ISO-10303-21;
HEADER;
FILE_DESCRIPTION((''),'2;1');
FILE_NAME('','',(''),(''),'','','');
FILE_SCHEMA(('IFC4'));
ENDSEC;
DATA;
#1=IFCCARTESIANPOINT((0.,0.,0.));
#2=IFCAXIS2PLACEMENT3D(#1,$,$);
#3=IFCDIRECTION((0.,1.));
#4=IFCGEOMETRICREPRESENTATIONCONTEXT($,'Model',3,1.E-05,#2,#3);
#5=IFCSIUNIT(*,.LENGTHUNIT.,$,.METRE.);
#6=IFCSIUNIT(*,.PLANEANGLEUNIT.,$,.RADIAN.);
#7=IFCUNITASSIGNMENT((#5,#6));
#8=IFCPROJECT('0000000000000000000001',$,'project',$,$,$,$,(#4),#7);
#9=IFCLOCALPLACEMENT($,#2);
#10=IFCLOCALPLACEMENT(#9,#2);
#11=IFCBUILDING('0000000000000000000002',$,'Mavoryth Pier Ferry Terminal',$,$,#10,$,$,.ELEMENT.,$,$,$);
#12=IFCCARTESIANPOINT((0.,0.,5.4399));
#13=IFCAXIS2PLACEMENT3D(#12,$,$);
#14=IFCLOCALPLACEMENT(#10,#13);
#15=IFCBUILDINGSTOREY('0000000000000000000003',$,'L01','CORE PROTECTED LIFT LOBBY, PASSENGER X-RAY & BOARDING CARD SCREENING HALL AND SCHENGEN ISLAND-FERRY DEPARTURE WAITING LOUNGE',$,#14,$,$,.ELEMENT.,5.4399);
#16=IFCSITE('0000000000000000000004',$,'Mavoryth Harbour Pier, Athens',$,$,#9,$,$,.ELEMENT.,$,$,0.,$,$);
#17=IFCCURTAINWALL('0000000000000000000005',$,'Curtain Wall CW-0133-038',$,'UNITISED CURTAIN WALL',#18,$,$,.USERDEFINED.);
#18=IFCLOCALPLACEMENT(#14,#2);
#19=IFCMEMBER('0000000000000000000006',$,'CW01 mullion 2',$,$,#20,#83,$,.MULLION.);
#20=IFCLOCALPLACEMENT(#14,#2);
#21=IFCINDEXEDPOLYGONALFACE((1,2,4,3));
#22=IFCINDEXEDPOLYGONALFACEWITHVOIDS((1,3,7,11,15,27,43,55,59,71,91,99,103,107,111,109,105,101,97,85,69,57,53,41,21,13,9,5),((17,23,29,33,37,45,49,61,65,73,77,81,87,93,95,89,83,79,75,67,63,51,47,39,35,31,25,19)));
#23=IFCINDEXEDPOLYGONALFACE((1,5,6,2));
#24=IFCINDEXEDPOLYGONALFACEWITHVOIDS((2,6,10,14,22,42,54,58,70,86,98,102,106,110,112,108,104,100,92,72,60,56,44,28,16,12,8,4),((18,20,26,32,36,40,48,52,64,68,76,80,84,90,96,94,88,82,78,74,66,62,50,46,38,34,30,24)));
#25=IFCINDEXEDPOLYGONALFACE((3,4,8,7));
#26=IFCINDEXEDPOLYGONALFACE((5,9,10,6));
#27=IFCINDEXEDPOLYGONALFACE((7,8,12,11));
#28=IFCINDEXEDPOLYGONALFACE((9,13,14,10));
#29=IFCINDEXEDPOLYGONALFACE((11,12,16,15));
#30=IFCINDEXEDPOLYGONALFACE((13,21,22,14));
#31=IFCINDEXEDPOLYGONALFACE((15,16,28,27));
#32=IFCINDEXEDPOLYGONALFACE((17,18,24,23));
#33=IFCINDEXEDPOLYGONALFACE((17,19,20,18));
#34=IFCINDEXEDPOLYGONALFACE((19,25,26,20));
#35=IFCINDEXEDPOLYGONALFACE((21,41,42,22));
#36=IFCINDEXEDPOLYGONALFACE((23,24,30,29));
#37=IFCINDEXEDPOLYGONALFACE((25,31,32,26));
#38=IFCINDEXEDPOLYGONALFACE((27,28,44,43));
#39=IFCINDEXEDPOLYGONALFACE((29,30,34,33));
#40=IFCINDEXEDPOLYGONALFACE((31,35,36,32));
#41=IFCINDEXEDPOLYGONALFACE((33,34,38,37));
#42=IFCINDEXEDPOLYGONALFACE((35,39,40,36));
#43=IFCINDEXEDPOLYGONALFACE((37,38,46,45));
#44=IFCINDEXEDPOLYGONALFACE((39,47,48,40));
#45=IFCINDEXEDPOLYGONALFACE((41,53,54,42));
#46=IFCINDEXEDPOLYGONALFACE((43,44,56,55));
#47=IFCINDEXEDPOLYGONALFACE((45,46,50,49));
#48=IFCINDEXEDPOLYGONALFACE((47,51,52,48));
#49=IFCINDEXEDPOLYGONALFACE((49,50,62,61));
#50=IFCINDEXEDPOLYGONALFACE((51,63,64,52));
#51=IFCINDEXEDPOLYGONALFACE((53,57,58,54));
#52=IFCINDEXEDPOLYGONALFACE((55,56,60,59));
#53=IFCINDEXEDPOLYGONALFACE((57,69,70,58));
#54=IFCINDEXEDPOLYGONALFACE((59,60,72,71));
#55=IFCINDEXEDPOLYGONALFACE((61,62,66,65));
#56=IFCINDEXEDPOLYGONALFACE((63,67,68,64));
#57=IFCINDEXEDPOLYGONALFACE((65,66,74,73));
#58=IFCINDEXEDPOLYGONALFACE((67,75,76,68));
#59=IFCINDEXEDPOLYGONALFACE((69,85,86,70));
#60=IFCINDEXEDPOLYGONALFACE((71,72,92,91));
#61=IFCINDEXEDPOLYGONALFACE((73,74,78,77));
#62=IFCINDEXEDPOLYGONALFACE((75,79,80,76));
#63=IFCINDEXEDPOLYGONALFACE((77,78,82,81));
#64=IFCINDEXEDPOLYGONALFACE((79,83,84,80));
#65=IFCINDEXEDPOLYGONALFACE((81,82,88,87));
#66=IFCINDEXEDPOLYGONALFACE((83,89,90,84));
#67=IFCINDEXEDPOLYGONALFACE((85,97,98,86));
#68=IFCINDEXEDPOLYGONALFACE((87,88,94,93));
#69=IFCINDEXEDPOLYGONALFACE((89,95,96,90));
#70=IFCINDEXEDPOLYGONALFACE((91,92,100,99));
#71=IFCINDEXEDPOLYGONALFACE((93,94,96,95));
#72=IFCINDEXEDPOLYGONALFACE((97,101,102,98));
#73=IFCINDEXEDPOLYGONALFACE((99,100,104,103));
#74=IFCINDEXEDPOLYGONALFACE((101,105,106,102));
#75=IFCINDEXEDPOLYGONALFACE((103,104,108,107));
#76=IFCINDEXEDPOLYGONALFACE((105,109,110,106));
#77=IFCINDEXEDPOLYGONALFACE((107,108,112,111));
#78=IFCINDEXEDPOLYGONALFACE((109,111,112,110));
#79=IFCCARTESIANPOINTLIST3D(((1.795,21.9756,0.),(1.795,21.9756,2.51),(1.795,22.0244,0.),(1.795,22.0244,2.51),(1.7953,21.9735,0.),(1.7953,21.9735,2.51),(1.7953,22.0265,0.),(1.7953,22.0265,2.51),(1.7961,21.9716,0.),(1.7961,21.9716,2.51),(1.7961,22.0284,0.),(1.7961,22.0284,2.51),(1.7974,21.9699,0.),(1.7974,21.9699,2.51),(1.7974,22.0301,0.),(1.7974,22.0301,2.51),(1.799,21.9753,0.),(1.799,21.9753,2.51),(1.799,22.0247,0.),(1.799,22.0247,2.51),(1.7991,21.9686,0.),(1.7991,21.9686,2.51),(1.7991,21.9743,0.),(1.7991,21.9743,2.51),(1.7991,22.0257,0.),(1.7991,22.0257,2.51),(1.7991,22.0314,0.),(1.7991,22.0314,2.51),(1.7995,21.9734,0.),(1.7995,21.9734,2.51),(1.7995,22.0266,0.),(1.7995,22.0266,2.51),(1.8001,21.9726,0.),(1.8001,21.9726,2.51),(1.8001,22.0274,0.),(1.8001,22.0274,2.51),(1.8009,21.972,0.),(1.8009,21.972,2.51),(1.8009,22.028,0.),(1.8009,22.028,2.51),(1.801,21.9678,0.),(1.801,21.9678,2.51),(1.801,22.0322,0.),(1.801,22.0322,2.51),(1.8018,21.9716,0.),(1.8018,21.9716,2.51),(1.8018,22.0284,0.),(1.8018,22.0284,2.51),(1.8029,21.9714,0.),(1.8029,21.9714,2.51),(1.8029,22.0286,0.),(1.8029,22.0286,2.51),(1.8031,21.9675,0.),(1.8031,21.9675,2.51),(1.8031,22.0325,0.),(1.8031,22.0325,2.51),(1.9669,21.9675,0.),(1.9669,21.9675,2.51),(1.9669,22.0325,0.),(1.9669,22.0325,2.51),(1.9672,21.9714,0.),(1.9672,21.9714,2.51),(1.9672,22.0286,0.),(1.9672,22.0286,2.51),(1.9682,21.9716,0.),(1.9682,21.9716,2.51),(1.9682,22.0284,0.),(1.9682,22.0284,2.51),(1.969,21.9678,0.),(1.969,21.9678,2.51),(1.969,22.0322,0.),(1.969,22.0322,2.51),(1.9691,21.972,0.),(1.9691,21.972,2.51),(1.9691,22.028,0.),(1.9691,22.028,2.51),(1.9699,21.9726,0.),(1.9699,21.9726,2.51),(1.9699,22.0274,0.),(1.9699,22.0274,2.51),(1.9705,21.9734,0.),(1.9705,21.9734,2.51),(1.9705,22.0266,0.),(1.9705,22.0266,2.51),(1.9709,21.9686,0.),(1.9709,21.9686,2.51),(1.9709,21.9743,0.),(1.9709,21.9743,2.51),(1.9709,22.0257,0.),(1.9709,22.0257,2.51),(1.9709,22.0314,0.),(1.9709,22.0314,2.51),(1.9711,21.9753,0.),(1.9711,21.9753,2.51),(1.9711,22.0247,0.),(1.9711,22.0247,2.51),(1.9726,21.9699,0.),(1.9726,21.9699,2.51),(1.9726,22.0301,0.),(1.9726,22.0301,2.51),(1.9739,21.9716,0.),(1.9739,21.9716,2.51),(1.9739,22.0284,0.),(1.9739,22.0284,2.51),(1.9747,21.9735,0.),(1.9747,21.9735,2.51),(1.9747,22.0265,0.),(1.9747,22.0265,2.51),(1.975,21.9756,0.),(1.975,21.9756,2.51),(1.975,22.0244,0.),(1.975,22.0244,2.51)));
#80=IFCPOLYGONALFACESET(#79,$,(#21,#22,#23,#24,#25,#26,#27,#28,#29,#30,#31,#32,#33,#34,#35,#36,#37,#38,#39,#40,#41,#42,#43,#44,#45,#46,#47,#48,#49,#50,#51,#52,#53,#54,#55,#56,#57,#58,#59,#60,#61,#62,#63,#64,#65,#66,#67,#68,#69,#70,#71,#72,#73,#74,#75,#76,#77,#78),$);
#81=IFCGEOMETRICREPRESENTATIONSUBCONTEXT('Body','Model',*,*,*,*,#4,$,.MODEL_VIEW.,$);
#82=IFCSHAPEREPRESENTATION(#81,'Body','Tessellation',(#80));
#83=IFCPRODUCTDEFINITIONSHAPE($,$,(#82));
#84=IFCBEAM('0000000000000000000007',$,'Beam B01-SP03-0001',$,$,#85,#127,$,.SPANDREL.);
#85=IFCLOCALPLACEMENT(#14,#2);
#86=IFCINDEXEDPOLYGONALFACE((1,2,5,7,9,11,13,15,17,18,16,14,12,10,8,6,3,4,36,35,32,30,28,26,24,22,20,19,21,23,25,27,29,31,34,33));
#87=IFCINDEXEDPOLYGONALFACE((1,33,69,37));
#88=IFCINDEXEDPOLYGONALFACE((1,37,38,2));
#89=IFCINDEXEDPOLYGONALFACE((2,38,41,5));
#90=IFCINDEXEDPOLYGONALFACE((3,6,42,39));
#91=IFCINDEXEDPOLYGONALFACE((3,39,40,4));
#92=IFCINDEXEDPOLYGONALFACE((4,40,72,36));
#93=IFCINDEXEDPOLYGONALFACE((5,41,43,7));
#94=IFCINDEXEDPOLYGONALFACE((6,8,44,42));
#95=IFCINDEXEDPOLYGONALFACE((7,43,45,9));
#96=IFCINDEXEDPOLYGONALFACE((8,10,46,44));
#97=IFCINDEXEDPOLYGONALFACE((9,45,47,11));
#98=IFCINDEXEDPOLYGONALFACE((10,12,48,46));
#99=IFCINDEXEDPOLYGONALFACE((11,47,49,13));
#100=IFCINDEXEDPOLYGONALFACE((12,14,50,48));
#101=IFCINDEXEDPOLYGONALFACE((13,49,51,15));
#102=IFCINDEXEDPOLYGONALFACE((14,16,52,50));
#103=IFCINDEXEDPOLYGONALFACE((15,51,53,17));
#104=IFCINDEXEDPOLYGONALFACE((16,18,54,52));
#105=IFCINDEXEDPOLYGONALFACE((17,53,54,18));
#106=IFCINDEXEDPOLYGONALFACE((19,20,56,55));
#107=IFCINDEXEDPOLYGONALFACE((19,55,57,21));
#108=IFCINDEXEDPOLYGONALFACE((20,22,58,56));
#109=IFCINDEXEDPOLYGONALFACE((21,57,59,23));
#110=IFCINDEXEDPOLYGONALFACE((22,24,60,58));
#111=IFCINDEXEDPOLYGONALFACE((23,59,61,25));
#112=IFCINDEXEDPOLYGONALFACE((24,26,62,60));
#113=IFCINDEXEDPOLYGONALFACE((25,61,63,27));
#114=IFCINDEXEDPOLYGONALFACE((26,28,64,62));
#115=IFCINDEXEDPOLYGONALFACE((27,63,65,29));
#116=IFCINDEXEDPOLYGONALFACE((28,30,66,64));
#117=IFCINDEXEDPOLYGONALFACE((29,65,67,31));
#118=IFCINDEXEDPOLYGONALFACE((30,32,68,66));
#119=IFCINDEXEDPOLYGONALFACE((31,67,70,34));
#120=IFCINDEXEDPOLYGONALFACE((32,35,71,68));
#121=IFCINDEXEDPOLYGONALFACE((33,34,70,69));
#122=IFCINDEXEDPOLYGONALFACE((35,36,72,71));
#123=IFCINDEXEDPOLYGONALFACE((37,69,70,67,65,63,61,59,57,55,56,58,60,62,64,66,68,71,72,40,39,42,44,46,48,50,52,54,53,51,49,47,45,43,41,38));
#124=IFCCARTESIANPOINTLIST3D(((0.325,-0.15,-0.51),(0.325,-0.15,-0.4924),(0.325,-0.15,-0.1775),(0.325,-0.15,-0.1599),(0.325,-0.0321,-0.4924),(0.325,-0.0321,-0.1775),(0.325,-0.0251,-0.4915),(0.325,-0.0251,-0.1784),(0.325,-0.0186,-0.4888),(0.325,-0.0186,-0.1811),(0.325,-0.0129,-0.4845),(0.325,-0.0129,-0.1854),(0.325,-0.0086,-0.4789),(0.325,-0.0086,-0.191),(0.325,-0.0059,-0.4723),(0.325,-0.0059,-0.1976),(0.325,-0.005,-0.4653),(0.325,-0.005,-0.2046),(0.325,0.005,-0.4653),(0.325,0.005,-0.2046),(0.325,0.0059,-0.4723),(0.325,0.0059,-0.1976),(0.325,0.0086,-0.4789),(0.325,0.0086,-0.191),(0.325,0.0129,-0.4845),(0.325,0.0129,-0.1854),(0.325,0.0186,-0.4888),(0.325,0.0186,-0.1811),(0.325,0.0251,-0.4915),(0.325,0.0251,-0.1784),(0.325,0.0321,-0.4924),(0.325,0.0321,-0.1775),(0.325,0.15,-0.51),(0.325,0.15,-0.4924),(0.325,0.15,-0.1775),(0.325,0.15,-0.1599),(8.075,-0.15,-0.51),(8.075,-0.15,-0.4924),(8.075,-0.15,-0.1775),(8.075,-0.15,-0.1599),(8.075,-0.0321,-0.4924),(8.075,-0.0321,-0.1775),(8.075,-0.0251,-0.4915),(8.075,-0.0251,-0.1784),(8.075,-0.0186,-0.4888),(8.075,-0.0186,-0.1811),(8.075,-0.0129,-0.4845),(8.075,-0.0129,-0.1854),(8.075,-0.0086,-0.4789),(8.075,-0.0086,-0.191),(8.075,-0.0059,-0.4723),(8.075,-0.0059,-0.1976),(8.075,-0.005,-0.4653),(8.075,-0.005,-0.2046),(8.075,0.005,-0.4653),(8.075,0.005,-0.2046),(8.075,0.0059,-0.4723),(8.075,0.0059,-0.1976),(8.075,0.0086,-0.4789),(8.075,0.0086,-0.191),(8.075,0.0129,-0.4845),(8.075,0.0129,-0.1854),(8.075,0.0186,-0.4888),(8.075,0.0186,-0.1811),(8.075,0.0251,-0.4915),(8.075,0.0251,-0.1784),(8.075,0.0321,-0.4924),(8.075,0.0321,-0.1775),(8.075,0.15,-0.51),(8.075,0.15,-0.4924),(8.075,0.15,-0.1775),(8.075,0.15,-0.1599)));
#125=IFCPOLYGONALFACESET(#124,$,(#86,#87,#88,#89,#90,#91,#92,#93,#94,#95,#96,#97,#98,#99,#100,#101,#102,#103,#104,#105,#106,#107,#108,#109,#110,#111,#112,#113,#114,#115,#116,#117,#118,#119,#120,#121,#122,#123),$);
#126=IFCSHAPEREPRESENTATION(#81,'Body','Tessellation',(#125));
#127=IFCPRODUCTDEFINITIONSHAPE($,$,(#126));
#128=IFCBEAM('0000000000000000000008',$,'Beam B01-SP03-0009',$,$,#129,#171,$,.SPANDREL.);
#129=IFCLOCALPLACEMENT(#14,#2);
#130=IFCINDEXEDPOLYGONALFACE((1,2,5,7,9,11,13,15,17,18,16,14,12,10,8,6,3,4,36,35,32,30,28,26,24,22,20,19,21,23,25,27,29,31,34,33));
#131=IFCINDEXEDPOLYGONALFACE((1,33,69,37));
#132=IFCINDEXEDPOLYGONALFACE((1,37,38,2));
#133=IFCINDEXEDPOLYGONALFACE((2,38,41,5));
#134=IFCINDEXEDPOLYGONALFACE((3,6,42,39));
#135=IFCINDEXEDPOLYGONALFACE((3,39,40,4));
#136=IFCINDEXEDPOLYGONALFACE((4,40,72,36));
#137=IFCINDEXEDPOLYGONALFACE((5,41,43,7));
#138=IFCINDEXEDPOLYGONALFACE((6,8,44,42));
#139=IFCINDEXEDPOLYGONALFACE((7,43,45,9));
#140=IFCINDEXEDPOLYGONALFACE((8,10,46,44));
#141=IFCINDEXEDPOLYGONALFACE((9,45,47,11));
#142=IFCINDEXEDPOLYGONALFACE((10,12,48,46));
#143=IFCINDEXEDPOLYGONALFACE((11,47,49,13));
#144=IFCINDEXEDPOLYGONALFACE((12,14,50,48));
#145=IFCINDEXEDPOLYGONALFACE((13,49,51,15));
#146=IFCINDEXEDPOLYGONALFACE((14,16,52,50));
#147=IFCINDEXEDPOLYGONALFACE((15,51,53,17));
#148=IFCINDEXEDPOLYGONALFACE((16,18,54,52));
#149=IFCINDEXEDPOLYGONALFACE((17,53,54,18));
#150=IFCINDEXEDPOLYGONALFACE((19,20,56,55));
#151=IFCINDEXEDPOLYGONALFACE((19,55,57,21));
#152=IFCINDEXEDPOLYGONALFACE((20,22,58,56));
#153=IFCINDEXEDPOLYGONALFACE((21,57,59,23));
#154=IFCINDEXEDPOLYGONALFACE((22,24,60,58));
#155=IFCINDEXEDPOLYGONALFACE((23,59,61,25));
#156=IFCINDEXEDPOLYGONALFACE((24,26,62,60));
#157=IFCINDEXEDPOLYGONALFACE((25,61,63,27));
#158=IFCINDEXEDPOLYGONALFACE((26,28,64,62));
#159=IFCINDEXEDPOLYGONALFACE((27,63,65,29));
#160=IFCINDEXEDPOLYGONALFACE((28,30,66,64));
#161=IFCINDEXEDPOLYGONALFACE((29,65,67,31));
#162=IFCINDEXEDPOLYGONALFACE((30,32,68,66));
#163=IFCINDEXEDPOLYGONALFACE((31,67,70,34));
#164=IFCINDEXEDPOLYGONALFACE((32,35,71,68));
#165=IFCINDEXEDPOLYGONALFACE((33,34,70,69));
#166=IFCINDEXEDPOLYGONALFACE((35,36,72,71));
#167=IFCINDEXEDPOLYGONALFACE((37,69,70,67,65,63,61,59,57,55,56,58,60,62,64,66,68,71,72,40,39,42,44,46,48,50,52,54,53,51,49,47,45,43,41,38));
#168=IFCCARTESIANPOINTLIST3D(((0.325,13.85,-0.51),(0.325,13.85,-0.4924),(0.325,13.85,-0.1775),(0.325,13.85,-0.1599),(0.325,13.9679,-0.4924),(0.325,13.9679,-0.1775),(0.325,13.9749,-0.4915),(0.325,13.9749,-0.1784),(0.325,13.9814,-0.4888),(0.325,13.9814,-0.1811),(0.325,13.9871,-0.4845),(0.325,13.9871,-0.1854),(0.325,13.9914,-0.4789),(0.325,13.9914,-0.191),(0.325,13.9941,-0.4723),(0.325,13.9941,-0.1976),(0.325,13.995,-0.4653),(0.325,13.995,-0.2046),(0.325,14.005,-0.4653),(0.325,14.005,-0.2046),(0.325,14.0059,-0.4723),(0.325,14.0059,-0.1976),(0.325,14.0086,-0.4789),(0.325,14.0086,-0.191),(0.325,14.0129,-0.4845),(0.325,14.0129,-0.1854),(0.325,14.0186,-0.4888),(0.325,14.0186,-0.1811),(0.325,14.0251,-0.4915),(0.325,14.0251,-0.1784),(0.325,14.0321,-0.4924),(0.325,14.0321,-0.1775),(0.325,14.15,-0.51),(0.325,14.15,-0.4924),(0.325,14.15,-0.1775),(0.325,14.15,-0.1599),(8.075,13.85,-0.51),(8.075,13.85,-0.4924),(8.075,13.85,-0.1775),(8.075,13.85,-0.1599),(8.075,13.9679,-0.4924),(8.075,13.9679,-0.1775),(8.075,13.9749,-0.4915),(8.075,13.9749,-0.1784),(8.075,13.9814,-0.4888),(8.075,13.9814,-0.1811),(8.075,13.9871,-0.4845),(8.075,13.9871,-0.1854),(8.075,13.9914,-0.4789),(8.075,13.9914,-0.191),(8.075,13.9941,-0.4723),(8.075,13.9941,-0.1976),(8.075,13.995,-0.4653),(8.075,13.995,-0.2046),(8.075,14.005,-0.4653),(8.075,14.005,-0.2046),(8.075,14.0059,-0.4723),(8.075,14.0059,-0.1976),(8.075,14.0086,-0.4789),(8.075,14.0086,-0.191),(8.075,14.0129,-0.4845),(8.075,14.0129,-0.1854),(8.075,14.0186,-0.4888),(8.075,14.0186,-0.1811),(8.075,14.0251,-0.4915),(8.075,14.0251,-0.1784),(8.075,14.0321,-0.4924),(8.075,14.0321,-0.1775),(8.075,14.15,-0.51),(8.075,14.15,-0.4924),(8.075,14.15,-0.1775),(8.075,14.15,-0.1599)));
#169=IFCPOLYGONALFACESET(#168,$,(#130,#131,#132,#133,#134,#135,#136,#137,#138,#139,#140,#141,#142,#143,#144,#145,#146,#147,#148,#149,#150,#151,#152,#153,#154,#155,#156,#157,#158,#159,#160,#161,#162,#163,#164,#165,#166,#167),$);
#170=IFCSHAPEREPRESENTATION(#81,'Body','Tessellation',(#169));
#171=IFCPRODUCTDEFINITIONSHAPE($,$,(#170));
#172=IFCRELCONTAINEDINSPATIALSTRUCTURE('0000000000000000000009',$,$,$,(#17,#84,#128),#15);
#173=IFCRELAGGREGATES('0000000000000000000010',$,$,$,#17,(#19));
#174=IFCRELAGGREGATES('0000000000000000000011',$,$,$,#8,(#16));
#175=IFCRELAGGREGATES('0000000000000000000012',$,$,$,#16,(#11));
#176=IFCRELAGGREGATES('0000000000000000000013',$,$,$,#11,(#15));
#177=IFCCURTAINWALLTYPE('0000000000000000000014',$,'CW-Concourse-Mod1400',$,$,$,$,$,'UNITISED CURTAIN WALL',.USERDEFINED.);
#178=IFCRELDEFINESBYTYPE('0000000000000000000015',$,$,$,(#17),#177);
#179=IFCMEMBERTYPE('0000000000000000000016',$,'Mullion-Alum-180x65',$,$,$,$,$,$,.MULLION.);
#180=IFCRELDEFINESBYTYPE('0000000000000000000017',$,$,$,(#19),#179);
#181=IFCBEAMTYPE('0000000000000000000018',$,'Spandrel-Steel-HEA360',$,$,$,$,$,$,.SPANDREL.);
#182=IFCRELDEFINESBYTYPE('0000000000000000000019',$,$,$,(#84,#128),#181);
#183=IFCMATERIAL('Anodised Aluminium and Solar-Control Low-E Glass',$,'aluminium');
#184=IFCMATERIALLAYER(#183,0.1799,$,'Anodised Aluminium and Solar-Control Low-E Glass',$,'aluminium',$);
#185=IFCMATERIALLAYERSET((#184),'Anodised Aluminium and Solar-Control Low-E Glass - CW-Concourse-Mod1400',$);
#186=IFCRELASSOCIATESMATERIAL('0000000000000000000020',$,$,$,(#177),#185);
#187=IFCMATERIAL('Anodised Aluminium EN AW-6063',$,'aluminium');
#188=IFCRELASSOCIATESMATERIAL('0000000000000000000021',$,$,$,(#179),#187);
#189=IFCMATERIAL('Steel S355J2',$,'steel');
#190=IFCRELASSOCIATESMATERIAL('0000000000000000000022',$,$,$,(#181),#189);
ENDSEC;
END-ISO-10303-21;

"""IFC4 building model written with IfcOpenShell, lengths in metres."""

from ifc_helpers import new_model, si_unit, direction, frame, origin, origin_2d, place, context, subcontext, project, spatial, hollow_rectangle, i_section, extrude, material, layer, layer_set, material_profile, profile_set, type_object, element, aggregate, save


model = new_model("IFC4")

# Units and contexts
model_context = context("Model", 3, precision=1e-05, world=origin(), true_north=direction((0.0, 1.0)))
body_context = subcontext(model_context, "Body", "Model", "MODEL_VIEW")
ifc_project = project(units=[si_unit("LENGTHUNIT", "METRE"), si_unit("PLANEANGLEUNIT", "RADIAN")], contexts=[model_context])

# Site, building, storey
site_placement = place(None, origin())
site = spatial("IfcSite", under=ifc_project, at=site_placement, Name="Mavoryth Harbour Pier, Athens", CompositionType="ELEMENT", RefElevation=0.0)
building_placement = place(site_placement, origin())
building = spatial("IfcBuilding", under=site, at=building_placement, Name="Mavoryth Pier Ferry Terminal", CompositionType="ELEMENT")
storey_placement = place(building_placement, frame((0.0, 0.0, 5.4399)))
storey = spatial("IfcBuildingStorey", under=building, at=storey_placement, Name="L01", Description="CORE PROTECTED LIFT LOBBY, PASSENGER X-RAY & BOARDING CARD SCREENING HALL AND SCHENGEN ISLAND-FERRY DEPARTURE WAITING LOUNGE", CompositionType="ELEMENT", Elevation=5.4399)

# Shared definitions
ifc_material_1 = material(Name="Steel S355J2", Category="steel")

# Curtain wall, member
ifc_material_2 = material(Name="Anodised Aluminium and Solar-Control Low-E Glass", Category="aluminium")
ifc_layer_1 = layer(ifc_material_2, 0.1799, Name="Anodised Aluminium and Solar-Control Low-E Glass", Category="aluminium")
ifc_layer_set_1 = layer_set([ifc_layer_1], Name="Anodised Aluminium and Solar-Control Low-E Glass - CW-Concourse-Mod1400")
curtain_wall_type = type_object("IfcCurtainWallType", Name="CW-Concourse-Mod1400", ElementType="UNITISED CURTAIN WALL", PredefinedType="USERDEFINED", material=ifc_layer_set_1)
curtain_wall_placement = place(storey_placement, origin())
curtain_wall = element("IfcCurtainWall", 1, at=curtain_wall_placement, inside=storey, type_object=curtain_wall_type, Name="Curtain Wall CW-0133-038", ObjectType="UNITISED CURTAIN WALL", PredefinedType="USERDEFINED")
ifc_material_3 = material(Name="Anodised Aluminium EN AW-6063", Category="aluminium")
ifc_material_profile_1 = material_profile(ifc_material_3, hollow_rectangle(XDim=0.0649, YDim=0.1799, WallThickness=0.0039, InnerFilletRadius=0.0039, OuterFilletRadius=0.0081, at=origin_2d()), Name="AL-MULL 180x65x4", Category="aluminium")
ifc_profile_set_1 = profile_set([ifc_material_profile_1], Name="Anodised Aluminium EN AW-6063 - AL-MULL 180x65x4")
member_type_1 = type_object("IfcMemberType", Name="Mullion-Alum-180x65", PredefinedType="MULLION", material=ifc_profile_set_1)
member_1_placement = place(storey_placement, frame((1.885, 22.0, 0.0), z_axis=(0.0, 0.0, 1.0), x_axis=(0.0, 1.0, 0.0)))
member_1 = element("IfcMember", 2, at=member_1_placement, type_object=member_type_1, Name="CW01 mullion 2", PredefinedType="MULLION", context=body_context, shape_type="SweptSolid", body=[
    extrude(hollow_rectangle(XDim=0.0649, YDim=0.1799, WallThickness=0.0039, InnerFilletRadius=0.0039, OuterFilletRadius=0.0081, at=origin_2d()), origin(), (0.0, 0.0, 1.0), 2.51),
])

# Beams
ifc_material_profile_2 = material_profile(ifc_material_1, i_section(OverallWidth=0.3, OverallDepth=0.3501, WebThickness=0.01, FlangeThickness=0.0176, FilletRadius=0.0271, at=origin_2d()), Name="HEA 360", Category="steel")
ifc_profile_set_2 = profile_set([ifc_material_profile_2], Name="Steel S355J2 - HEA 360")
beam_type_1 = type_object("IfcBeamType", Name="Spandrel-Steel-HEA360", PredefinedType="SPANDREL", material=ifc_profile_set_2)
for number, where, z_axis, x_axis, name in (
    (3, (0.325, 0.0, -0.335), (1.0, 0.0, 0.0), (0.0, 1.0, 0.0), "Beam B01-SP03-0001"),
    (4, (0.325, 14.0, -0.335), (1.0, 0.0, 0.0), (0.0, 1.0, 0.0), "Beam B01-SP03-0009"),
):
    element("IfcBeam", number, at=place(storey_placement, frame(where, z_axis=z_axis, x_axis=x_axis)), inside=storey, type_object=beam_type_1, Name=name, PredefinedType="SPANDREL", context=body_context, shape_type="SweptSolid", body=[
        extrude(i_section(OverallWidth=0.3, OverallDepth=0.3501, WebThickness=0.01, FlangeThickness=0.0176, FilletRadius=0.0271, at=origin_2d()), origin(), (0.0, 0.0, 1.0), 7.75),
    ])

aggregate(curtain_wall, [member_1])

save(model, "model.ifc")
